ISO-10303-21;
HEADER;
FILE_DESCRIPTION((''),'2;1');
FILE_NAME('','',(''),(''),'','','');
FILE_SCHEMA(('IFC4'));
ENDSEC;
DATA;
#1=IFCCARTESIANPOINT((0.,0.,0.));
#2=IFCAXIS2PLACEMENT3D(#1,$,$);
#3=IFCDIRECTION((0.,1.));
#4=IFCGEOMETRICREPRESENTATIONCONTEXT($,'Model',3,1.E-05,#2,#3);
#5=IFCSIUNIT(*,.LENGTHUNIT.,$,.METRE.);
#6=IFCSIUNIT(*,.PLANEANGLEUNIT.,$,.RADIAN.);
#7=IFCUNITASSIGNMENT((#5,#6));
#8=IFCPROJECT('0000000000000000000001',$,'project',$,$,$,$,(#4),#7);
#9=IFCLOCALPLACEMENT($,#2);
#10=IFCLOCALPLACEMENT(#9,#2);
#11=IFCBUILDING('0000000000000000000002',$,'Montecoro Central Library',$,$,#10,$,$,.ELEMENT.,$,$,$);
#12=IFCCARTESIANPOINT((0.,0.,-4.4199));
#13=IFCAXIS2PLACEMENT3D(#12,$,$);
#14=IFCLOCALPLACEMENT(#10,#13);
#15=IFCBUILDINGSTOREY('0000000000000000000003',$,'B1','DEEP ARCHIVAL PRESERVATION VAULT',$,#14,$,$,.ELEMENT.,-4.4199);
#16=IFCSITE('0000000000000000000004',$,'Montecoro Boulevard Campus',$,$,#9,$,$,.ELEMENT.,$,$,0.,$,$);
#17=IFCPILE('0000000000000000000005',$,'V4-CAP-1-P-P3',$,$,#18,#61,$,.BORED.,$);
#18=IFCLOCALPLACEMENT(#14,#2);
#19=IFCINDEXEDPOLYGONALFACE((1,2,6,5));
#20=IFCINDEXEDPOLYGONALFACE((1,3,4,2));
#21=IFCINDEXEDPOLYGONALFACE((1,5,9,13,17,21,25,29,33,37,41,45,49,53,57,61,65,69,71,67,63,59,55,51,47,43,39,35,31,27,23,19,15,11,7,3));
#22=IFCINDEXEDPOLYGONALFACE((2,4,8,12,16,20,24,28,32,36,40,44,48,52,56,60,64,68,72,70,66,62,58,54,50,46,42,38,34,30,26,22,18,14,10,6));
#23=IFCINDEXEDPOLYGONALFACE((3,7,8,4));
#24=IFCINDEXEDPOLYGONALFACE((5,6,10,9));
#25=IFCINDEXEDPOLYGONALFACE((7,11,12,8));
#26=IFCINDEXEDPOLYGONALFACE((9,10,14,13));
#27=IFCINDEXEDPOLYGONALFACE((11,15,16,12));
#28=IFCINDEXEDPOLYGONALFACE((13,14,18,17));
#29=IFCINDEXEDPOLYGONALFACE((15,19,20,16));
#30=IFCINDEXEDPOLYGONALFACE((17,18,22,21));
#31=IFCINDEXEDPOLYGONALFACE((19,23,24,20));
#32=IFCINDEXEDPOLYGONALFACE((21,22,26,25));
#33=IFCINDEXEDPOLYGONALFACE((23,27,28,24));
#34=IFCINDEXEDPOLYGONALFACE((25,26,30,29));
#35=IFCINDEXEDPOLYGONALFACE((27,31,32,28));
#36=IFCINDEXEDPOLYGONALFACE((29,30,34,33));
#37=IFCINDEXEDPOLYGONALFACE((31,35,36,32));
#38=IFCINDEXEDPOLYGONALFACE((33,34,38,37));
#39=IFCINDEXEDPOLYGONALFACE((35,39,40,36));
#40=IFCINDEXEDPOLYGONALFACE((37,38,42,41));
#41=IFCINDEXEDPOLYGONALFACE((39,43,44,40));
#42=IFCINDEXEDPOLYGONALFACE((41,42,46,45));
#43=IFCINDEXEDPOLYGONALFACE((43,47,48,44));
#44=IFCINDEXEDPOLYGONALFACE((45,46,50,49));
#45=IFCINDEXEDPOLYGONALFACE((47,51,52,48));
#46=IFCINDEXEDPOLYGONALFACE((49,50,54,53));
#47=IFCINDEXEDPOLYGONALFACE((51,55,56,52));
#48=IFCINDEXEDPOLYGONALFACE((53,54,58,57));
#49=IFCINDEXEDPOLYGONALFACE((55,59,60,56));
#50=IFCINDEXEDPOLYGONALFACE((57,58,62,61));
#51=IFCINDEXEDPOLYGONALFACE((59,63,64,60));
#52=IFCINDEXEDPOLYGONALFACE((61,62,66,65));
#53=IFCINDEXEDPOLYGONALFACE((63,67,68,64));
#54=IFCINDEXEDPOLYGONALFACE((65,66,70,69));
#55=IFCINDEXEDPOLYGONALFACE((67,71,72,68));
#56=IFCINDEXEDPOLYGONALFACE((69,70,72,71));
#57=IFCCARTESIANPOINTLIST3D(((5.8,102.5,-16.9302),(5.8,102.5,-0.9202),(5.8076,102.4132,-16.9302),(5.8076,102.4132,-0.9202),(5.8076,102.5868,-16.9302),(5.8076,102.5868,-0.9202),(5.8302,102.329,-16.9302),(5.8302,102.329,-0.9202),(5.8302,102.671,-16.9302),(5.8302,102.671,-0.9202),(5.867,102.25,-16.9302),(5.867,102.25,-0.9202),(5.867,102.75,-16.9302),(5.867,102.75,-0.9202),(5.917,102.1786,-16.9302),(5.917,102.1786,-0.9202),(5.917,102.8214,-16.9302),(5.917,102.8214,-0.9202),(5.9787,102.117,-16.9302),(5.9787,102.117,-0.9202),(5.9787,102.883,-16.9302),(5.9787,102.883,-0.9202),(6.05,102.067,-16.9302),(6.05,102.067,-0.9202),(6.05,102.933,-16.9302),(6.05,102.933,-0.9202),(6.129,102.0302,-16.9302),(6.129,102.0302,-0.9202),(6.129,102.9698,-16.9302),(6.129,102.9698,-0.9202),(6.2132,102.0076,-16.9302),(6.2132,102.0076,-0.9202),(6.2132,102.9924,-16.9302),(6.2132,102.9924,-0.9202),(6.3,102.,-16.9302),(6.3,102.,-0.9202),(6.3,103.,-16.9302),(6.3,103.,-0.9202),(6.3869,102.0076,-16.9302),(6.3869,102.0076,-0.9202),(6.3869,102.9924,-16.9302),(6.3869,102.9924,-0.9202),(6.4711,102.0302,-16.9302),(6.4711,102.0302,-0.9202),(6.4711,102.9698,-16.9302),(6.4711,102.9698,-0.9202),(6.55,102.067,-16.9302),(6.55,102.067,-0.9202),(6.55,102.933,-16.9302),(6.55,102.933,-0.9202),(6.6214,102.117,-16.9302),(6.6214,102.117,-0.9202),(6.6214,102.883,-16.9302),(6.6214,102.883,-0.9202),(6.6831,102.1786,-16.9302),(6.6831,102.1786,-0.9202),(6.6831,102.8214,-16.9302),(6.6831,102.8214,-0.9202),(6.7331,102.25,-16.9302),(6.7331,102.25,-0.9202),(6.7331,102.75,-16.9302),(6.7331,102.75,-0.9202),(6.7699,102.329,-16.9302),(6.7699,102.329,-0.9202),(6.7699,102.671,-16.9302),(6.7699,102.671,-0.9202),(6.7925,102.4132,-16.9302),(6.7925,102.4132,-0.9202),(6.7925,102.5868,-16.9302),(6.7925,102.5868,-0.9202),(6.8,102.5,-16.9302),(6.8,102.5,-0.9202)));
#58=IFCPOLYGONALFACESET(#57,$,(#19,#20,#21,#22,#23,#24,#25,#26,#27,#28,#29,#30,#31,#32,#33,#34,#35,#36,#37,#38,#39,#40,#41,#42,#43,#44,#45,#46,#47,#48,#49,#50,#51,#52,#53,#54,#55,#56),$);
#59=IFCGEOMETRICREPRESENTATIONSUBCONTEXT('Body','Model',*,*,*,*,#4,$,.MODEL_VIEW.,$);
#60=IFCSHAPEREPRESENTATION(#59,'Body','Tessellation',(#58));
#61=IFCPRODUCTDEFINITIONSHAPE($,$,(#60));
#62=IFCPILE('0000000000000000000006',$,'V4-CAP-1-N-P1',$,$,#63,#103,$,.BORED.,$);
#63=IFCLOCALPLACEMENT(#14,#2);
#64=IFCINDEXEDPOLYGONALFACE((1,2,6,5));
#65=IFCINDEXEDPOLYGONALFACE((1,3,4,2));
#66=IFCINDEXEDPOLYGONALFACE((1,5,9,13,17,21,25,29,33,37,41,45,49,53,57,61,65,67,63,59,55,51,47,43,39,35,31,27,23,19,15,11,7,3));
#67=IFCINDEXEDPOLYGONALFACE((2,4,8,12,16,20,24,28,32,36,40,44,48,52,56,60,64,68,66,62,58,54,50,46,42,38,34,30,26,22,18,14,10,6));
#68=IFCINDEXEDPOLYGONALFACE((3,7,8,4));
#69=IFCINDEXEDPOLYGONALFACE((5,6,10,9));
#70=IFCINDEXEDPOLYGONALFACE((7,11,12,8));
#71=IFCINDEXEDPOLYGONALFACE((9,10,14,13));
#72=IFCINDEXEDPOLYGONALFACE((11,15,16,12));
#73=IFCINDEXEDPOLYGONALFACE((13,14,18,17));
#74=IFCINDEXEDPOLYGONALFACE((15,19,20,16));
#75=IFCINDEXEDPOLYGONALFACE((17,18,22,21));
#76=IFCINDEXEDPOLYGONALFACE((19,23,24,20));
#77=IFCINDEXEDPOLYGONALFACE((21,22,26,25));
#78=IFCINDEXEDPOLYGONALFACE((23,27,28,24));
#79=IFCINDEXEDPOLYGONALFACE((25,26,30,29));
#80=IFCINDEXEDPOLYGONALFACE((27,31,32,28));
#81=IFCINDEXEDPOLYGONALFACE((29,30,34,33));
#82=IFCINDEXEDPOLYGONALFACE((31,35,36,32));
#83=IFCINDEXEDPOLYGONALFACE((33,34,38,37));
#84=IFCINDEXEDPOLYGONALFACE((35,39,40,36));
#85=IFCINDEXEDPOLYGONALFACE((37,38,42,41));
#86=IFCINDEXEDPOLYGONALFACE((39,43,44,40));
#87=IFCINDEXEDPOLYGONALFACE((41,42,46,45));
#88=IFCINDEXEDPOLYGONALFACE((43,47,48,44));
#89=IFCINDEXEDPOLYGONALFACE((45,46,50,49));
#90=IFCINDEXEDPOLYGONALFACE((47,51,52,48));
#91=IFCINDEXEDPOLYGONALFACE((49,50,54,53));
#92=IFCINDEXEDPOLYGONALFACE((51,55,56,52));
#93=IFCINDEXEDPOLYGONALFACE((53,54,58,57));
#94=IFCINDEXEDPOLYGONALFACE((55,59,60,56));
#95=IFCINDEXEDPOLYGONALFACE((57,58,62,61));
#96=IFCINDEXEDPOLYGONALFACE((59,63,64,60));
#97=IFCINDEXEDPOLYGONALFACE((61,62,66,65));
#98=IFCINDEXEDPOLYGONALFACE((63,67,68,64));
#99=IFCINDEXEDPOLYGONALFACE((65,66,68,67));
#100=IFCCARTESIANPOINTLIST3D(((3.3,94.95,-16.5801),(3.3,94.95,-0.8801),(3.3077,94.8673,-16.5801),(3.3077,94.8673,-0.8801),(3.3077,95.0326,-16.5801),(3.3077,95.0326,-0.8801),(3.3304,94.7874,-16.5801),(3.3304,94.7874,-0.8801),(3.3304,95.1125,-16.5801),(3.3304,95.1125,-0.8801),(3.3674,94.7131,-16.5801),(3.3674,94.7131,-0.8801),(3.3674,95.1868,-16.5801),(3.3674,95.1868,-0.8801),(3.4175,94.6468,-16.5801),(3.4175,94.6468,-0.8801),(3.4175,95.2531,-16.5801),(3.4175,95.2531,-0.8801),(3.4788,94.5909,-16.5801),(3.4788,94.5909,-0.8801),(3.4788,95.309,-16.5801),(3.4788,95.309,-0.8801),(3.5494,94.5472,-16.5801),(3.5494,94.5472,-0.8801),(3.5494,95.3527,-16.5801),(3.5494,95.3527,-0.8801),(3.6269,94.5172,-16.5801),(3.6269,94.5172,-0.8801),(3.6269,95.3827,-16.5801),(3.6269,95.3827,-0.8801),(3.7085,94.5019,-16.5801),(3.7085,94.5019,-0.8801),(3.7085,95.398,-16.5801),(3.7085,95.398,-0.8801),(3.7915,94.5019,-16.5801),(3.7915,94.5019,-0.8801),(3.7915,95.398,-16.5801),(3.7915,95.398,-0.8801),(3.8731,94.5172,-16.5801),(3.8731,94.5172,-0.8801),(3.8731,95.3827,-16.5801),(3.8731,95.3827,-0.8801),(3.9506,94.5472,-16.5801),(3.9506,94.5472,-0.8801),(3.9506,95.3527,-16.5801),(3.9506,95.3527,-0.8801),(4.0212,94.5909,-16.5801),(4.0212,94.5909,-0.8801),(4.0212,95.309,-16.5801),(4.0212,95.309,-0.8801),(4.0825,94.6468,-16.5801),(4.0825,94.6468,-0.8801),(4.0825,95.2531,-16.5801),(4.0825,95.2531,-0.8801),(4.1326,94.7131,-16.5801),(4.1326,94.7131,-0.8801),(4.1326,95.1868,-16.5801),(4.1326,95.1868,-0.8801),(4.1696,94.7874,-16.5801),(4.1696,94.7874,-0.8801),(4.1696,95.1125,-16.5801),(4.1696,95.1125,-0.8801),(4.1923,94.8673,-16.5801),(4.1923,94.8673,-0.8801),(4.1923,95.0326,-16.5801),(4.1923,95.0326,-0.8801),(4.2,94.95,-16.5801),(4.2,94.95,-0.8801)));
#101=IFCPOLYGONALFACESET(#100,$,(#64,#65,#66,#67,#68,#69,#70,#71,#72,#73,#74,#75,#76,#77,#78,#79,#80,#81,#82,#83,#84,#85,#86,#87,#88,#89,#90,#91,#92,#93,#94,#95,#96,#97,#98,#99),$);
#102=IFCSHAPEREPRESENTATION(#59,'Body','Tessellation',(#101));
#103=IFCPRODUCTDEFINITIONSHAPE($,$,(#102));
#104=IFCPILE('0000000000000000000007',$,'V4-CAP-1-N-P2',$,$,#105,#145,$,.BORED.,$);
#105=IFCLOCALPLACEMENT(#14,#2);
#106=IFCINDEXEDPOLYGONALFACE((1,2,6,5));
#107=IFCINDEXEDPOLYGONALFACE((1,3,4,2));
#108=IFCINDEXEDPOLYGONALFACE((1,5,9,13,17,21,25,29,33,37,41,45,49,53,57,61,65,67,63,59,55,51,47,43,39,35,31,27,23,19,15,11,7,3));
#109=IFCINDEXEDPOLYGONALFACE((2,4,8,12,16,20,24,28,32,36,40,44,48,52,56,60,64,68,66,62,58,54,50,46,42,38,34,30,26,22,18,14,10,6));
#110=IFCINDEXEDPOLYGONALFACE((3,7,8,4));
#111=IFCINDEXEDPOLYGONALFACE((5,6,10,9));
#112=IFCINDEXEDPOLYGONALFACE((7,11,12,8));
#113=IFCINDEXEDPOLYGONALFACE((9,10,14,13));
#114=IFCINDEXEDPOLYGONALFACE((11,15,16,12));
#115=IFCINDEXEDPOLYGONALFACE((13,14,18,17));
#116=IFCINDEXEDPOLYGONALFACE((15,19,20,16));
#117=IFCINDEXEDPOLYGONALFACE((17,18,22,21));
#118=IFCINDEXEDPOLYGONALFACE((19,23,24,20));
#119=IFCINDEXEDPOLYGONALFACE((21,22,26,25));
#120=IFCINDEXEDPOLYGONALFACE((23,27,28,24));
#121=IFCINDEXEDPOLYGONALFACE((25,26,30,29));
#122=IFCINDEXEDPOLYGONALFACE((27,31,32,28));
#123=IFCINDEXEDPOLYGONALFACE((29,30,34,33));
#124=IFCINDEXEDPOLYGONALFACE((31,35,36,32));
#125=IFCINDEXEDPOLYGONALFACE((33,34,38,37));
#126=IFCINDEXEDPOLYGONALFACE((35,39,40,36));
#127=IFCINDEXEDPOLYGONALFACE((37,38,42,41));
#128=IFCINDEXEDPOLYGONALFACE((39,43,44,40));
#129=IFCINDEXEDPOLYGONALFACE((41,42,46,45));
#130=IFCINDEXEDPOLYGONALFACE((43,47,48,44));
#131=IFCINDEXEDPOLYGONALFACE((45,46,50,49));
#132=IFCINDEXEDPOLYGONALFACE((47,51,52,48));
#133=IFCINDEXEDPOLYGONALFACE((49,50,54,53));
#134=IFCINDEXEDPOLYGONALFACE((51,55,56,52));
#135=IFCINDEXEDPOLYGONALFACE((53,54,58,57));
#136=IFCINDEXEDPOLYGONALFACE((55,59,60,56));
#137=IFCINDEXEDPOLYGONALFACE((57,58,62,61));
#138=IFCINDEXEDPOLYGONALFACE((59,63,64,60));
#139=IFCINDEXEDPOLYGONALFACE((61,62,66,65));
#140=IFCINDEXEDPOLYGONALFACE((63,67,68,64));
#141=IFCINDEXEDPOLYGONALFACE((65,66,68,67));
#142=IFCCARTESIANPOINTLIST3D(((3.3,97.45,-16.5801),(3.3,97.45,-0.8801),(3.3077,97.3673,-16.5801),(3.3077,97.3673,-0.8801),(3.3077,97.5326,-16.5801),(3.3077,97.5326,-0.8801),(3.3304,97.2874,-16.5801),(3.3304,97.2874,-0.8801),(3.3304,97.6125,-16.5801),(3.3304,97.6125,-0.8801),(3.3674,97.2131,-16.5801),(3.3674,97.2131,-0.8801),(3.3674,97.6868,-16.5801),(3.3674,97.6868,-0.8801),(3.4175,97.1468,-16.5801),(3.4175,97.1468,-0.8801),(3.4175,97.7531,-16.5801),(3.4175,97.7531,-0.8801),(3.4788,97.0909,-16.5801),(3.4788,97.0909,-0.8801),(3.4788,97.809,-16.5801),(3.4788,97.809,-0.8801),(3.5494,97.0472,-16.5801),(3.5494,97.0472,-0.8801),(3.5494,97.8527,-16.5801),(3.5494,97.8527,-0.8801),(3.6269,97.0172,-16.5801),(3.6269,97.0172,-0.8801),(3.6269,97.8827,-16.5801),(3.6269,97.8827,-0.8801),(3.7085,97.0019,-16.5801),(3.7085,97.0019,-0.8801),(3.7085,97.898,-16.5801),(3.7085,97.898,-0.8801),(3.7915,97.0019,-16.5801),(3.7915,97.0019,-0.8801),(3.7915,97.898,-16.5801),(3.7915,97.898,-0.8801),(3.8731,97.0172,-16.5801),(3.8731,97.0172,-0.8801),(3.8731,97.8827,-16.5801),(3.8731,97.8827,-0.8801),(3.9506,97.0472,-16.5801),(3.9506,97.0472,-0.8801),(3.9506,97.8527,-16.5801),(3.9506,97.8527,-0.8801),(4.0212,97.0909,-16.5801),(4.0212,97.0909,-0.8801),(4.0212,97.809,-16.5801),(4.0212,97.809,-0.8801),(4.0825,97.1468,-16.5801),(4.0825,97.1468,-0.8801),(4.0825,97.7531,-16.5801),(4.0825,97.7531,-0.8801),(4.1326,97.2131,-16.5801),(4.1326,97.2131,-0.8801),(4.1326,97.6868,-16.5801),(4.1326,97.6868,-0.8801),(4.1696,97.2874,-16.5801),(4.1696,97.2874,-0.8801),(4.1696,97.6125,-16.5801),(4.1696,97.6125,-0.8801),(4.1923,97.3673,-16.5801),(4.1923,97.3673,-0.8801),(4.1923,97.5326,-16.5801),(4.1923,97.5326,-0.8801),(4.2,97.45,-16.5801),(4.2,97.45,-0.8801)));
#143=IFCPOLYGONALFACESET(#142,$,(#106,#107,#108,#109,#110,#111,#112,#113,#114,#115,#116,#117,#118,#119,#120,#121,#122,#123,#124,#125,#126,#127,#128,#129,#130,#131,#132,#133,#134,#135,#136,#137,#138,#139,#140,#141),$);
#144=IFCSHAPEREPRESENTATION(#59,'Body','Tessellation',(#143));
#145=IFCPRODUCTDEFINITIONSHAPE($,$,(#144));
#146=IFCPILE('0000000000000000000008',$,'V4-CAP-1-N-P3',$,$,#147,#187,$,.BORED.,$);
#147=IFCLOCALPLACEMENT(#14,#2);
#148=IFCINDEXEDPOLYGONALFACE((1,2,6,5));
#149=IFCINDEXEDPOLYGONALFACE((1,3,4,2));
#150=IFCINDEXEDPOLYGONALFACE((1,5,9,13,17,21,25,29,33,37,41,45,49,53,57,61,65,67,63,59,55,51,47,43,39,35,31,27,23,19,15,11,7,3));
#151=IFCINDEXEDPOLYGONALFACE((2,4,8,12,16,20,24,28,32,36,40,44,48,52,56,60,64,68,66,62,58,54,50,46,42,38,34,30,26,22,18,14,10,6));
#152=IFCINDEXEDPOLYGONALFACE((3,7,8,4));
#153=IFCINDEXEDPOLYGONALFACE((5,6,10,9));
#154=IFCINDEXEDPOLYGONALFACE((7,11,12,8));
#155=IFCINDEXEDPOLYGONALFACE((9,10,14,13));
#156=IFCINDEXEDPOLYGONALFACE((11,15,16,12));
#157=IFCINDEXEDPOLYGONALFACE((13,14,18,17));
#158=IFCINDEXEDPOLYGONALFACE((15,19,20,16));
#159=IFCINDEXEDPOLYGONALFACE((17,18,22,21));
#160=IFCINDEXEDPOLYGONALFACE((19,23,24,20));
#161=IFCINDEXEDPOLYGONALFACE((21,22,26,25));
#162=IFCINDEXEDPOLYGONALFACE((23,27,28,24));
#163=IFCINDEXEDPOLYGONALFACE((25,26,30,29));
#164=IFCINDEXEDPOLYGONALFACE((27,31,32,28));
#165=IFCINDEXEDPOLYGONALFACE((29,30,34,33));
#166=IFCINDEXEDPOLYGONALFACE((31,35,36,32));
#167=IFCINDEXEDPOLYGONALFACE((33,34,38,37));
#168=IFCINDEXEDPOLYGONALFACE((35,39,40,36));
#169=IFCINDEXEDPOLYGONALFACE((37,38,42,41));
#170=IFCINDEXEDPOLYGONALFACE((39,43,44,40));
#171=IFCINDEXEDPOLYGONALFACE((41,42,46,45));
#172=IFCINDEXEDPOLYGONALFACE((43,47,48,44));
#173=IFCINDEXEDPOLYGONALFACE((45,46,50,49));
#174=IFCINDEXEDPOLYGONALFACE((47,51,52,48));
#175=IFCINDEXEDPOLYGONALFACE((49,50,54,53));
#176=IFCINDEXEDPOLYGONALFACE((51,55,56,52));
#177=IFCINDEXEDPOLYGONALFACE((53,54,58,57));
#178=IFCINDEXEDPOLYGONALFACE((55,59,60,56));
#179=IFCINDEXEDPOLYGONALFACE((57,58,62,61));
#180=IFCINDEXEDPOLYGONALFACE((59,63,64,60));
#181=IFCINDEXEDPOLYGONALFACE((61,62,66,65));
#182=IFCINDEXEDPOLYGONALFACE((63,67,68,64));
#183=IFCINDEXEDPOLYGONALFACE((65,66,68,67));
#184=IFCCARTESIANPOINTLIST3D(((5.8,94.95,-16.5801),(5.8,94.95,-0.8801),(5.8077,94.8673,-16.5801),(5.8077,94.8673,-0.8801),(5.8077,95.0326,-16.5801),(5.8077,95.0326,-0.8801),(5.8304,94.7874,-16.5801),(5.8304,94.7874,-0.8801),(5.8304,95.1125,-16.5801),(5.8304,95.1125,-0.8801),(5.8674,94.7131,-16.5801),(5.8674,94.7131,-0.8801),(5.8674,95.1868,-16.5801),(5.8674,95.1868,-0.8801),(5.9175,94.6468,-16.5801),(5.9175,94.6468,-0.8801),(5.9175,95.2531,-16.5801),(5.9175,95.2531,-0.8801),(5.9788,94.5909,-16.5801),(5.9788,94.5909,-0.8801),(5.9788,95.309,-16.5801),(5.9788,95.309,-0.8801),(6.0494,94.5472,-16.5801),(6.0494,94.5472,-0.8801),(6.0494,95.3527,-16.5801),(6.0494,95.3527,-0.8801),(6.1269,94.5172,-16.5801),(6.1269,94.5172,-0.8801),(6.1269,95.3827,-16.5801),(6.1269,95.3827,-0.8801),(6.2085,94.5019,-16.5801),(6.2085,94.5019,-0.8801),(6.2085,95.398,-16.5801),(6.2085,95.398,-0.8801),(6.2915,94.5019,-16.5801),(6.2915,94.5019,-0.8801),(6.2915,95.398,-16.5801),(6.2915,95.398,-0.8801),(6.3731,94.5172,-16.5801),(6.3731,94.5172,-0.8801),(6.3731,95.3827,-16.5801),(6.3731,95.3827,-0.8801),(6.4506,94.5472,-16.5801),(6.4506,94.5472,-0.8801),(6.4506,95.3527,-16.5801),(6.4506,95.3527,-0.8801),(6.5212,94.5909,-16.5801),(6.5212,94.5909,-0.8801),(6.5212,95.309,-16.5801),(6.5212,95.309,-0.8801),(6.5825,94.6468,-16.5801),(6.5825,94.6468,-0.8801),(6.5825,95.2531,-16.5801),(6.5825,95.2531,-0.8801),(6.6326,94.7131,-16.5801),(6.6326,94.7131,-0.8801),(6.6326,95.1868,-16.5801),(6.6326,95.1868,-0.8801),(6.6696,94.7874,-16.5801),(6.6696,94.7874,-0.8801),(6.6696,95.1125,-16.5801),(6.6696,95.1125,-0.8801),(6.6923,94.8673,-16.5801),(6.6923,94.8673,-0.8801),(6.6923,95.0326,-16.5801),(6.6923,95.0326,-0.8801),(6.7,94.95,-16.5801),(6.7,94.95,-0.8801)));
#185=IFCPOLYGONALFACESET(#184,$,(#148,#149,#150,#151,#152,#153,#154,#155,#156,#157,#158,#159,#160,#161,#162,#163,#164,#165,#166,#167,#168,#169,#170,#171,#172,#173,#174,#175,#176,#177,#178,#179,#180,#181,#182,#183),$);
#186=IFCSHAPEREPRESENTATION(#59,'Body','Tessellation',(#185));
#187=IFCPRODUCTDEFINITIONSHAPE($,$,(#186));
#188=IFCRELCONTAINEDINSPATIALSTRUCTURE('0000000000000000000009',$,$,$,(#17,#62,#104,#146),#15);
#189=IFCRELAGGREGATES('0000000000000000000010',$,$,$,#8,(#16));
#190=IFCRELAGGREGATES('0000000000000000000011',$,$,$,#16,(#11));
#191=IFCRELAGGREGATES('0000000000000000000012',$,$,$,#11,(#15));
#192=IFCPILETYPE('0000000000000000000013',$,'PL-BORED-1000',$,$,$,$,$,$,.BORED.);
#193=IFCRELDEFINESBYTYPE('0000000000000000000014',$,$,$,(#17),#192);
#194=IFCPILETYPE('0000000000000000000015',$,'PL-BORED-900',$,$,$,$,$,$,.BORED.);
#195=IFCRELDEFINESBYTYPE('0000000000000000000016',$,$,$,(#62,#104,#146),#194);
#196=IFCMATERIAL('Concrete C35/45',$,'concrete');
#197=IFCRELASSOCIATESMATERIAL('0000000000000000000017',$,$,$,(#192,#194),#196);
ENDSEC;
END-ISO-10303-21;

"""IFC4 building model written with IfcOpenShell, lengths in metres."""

from ifc_helpers import new_model, si_unit, direction, frame, origin, origin_2d, place, context, subcontext, project, spatial, circle, extrude, material, material_profile, profile_set, type_object, element, save


model = new_model("IFC4")

# Units and contexts
model_context = context("Model", 3, precision=1e-05, world=origin(), true_north=direction((0.0, 1.0)))
body_context = subcontext(model_context, "Body", "Model", "MODEL_VIEW")
ifc_project = project(units=[si_unit("LENGTHUNIT", "METRE"), si_unit("PLANEANGLEUNIT", "RADIAN")], contexts=[model_context])

# Site, building, storey
site_placement = place(None, origin())
site = spatial("IfcSite", under=ifc_project, at=site_placement, Name="Montecoro Boulevard Campus", CompositionType="ELEMENT", RefElevation=0.0)
building_placement = place(site_placement, origin())
building = spatial("IfcBuilding", under=site, at=building_placement, Name="Montecoro Central Library", CompositionType="ELEMENT")
storey_placement = place(building_placement, frame((0.0, 0.0, -4.4199)))
storey = spatial("IfcBuildingStorey", under=building, at=storey_placement, Name="B1", Description="DEEP ARCHIVAL PRESERVATION VAULT", CompositionType="ELEMENT", Elevation=-4.4199)

# Shared definitions
ifc_material_1 = material(Name="Concrete C35/45", Category="concrete")

# Piles
ifc_material_profile_1 = material_profile(ifc_material_1, circle(Radius=0.5, at=origin_2d()), Name="PILE D1000")
ifc_profile_set_1 = profile_set([ifc_material_profile_1], Name="Concrete C35/45")
pile_type_1 = type_object("IfcPileType", Name="PL-BORED-1000", PredefinedType="BORED", material=ifc_profile_set_1)
for number, where, z_axis, x_axis, name in (
    (1, (6.3, 102.5, -0.9202), (0.0, 0.0, -1.0), (1.0, 0.0, 0.0), "V4-CAP-1-P-P3"),
):
    element("IfcPile", number, at=place(storey_placement, frame(where, z_axis=z_axis, x_axis=x_axis)), inside=storey, type_object=pile_type_1, Name=name, PredefinedType="BORED", context=body_context, shape_type="SweptSolid", body=[
        extrude(circle(Radius=0.5, at=origin_2d()), origin(), (0.0, 0.0, 1.0), 16.01),
    ])
ifc_material_profile_2 = material_profile(ifc_material_1, circle(Radius=0.45, at=origin_2d()), Name="PILE D900")
ifc_profile_set_2 = profile_set([ifc_material_profile_2], Name="Concrete C35/45")
pile_type_2 = type_object("IfcPileType", Name="PL-BORED-900", PredefinedType="BORED", material=ifc_profile_set_2)
for number, where, z_axis, x_axis, name in (
    (2, (3.75, 94.95, -0.8801), (0.0, 0.0, -1.0), (1.0, 0.0, 0.0), "V4-CAP-1-N-P1"),
    (3, (3.75, 97.45, -0.8801), (0.0, 0.0, -1.0), (1.0, 0.0, 0.0), "V4-CAP-1-N-P2"),
    (4, (6.25, 94.95, -0.8801), (0.0, 0.0, -1.0), (1.0, 0.0, 0.0), "V4-CAP-1-N-P3"),
):
    element("IfcPile", number, at=place(storey_placement, frame(where, z_axis=z_axis, x_axis=x_axis)), inside=storey, type_object=pile_type_2, Name=name, PredefinedType="BORED", context=body_context, shape_type="SweptSolid", body=[
        extrude(circle(Radius=0.45, at=origin_2d()), origin(), (0.0, 0.0, 1.0), 15.7),
    ])

save(model, "model.ifc")
